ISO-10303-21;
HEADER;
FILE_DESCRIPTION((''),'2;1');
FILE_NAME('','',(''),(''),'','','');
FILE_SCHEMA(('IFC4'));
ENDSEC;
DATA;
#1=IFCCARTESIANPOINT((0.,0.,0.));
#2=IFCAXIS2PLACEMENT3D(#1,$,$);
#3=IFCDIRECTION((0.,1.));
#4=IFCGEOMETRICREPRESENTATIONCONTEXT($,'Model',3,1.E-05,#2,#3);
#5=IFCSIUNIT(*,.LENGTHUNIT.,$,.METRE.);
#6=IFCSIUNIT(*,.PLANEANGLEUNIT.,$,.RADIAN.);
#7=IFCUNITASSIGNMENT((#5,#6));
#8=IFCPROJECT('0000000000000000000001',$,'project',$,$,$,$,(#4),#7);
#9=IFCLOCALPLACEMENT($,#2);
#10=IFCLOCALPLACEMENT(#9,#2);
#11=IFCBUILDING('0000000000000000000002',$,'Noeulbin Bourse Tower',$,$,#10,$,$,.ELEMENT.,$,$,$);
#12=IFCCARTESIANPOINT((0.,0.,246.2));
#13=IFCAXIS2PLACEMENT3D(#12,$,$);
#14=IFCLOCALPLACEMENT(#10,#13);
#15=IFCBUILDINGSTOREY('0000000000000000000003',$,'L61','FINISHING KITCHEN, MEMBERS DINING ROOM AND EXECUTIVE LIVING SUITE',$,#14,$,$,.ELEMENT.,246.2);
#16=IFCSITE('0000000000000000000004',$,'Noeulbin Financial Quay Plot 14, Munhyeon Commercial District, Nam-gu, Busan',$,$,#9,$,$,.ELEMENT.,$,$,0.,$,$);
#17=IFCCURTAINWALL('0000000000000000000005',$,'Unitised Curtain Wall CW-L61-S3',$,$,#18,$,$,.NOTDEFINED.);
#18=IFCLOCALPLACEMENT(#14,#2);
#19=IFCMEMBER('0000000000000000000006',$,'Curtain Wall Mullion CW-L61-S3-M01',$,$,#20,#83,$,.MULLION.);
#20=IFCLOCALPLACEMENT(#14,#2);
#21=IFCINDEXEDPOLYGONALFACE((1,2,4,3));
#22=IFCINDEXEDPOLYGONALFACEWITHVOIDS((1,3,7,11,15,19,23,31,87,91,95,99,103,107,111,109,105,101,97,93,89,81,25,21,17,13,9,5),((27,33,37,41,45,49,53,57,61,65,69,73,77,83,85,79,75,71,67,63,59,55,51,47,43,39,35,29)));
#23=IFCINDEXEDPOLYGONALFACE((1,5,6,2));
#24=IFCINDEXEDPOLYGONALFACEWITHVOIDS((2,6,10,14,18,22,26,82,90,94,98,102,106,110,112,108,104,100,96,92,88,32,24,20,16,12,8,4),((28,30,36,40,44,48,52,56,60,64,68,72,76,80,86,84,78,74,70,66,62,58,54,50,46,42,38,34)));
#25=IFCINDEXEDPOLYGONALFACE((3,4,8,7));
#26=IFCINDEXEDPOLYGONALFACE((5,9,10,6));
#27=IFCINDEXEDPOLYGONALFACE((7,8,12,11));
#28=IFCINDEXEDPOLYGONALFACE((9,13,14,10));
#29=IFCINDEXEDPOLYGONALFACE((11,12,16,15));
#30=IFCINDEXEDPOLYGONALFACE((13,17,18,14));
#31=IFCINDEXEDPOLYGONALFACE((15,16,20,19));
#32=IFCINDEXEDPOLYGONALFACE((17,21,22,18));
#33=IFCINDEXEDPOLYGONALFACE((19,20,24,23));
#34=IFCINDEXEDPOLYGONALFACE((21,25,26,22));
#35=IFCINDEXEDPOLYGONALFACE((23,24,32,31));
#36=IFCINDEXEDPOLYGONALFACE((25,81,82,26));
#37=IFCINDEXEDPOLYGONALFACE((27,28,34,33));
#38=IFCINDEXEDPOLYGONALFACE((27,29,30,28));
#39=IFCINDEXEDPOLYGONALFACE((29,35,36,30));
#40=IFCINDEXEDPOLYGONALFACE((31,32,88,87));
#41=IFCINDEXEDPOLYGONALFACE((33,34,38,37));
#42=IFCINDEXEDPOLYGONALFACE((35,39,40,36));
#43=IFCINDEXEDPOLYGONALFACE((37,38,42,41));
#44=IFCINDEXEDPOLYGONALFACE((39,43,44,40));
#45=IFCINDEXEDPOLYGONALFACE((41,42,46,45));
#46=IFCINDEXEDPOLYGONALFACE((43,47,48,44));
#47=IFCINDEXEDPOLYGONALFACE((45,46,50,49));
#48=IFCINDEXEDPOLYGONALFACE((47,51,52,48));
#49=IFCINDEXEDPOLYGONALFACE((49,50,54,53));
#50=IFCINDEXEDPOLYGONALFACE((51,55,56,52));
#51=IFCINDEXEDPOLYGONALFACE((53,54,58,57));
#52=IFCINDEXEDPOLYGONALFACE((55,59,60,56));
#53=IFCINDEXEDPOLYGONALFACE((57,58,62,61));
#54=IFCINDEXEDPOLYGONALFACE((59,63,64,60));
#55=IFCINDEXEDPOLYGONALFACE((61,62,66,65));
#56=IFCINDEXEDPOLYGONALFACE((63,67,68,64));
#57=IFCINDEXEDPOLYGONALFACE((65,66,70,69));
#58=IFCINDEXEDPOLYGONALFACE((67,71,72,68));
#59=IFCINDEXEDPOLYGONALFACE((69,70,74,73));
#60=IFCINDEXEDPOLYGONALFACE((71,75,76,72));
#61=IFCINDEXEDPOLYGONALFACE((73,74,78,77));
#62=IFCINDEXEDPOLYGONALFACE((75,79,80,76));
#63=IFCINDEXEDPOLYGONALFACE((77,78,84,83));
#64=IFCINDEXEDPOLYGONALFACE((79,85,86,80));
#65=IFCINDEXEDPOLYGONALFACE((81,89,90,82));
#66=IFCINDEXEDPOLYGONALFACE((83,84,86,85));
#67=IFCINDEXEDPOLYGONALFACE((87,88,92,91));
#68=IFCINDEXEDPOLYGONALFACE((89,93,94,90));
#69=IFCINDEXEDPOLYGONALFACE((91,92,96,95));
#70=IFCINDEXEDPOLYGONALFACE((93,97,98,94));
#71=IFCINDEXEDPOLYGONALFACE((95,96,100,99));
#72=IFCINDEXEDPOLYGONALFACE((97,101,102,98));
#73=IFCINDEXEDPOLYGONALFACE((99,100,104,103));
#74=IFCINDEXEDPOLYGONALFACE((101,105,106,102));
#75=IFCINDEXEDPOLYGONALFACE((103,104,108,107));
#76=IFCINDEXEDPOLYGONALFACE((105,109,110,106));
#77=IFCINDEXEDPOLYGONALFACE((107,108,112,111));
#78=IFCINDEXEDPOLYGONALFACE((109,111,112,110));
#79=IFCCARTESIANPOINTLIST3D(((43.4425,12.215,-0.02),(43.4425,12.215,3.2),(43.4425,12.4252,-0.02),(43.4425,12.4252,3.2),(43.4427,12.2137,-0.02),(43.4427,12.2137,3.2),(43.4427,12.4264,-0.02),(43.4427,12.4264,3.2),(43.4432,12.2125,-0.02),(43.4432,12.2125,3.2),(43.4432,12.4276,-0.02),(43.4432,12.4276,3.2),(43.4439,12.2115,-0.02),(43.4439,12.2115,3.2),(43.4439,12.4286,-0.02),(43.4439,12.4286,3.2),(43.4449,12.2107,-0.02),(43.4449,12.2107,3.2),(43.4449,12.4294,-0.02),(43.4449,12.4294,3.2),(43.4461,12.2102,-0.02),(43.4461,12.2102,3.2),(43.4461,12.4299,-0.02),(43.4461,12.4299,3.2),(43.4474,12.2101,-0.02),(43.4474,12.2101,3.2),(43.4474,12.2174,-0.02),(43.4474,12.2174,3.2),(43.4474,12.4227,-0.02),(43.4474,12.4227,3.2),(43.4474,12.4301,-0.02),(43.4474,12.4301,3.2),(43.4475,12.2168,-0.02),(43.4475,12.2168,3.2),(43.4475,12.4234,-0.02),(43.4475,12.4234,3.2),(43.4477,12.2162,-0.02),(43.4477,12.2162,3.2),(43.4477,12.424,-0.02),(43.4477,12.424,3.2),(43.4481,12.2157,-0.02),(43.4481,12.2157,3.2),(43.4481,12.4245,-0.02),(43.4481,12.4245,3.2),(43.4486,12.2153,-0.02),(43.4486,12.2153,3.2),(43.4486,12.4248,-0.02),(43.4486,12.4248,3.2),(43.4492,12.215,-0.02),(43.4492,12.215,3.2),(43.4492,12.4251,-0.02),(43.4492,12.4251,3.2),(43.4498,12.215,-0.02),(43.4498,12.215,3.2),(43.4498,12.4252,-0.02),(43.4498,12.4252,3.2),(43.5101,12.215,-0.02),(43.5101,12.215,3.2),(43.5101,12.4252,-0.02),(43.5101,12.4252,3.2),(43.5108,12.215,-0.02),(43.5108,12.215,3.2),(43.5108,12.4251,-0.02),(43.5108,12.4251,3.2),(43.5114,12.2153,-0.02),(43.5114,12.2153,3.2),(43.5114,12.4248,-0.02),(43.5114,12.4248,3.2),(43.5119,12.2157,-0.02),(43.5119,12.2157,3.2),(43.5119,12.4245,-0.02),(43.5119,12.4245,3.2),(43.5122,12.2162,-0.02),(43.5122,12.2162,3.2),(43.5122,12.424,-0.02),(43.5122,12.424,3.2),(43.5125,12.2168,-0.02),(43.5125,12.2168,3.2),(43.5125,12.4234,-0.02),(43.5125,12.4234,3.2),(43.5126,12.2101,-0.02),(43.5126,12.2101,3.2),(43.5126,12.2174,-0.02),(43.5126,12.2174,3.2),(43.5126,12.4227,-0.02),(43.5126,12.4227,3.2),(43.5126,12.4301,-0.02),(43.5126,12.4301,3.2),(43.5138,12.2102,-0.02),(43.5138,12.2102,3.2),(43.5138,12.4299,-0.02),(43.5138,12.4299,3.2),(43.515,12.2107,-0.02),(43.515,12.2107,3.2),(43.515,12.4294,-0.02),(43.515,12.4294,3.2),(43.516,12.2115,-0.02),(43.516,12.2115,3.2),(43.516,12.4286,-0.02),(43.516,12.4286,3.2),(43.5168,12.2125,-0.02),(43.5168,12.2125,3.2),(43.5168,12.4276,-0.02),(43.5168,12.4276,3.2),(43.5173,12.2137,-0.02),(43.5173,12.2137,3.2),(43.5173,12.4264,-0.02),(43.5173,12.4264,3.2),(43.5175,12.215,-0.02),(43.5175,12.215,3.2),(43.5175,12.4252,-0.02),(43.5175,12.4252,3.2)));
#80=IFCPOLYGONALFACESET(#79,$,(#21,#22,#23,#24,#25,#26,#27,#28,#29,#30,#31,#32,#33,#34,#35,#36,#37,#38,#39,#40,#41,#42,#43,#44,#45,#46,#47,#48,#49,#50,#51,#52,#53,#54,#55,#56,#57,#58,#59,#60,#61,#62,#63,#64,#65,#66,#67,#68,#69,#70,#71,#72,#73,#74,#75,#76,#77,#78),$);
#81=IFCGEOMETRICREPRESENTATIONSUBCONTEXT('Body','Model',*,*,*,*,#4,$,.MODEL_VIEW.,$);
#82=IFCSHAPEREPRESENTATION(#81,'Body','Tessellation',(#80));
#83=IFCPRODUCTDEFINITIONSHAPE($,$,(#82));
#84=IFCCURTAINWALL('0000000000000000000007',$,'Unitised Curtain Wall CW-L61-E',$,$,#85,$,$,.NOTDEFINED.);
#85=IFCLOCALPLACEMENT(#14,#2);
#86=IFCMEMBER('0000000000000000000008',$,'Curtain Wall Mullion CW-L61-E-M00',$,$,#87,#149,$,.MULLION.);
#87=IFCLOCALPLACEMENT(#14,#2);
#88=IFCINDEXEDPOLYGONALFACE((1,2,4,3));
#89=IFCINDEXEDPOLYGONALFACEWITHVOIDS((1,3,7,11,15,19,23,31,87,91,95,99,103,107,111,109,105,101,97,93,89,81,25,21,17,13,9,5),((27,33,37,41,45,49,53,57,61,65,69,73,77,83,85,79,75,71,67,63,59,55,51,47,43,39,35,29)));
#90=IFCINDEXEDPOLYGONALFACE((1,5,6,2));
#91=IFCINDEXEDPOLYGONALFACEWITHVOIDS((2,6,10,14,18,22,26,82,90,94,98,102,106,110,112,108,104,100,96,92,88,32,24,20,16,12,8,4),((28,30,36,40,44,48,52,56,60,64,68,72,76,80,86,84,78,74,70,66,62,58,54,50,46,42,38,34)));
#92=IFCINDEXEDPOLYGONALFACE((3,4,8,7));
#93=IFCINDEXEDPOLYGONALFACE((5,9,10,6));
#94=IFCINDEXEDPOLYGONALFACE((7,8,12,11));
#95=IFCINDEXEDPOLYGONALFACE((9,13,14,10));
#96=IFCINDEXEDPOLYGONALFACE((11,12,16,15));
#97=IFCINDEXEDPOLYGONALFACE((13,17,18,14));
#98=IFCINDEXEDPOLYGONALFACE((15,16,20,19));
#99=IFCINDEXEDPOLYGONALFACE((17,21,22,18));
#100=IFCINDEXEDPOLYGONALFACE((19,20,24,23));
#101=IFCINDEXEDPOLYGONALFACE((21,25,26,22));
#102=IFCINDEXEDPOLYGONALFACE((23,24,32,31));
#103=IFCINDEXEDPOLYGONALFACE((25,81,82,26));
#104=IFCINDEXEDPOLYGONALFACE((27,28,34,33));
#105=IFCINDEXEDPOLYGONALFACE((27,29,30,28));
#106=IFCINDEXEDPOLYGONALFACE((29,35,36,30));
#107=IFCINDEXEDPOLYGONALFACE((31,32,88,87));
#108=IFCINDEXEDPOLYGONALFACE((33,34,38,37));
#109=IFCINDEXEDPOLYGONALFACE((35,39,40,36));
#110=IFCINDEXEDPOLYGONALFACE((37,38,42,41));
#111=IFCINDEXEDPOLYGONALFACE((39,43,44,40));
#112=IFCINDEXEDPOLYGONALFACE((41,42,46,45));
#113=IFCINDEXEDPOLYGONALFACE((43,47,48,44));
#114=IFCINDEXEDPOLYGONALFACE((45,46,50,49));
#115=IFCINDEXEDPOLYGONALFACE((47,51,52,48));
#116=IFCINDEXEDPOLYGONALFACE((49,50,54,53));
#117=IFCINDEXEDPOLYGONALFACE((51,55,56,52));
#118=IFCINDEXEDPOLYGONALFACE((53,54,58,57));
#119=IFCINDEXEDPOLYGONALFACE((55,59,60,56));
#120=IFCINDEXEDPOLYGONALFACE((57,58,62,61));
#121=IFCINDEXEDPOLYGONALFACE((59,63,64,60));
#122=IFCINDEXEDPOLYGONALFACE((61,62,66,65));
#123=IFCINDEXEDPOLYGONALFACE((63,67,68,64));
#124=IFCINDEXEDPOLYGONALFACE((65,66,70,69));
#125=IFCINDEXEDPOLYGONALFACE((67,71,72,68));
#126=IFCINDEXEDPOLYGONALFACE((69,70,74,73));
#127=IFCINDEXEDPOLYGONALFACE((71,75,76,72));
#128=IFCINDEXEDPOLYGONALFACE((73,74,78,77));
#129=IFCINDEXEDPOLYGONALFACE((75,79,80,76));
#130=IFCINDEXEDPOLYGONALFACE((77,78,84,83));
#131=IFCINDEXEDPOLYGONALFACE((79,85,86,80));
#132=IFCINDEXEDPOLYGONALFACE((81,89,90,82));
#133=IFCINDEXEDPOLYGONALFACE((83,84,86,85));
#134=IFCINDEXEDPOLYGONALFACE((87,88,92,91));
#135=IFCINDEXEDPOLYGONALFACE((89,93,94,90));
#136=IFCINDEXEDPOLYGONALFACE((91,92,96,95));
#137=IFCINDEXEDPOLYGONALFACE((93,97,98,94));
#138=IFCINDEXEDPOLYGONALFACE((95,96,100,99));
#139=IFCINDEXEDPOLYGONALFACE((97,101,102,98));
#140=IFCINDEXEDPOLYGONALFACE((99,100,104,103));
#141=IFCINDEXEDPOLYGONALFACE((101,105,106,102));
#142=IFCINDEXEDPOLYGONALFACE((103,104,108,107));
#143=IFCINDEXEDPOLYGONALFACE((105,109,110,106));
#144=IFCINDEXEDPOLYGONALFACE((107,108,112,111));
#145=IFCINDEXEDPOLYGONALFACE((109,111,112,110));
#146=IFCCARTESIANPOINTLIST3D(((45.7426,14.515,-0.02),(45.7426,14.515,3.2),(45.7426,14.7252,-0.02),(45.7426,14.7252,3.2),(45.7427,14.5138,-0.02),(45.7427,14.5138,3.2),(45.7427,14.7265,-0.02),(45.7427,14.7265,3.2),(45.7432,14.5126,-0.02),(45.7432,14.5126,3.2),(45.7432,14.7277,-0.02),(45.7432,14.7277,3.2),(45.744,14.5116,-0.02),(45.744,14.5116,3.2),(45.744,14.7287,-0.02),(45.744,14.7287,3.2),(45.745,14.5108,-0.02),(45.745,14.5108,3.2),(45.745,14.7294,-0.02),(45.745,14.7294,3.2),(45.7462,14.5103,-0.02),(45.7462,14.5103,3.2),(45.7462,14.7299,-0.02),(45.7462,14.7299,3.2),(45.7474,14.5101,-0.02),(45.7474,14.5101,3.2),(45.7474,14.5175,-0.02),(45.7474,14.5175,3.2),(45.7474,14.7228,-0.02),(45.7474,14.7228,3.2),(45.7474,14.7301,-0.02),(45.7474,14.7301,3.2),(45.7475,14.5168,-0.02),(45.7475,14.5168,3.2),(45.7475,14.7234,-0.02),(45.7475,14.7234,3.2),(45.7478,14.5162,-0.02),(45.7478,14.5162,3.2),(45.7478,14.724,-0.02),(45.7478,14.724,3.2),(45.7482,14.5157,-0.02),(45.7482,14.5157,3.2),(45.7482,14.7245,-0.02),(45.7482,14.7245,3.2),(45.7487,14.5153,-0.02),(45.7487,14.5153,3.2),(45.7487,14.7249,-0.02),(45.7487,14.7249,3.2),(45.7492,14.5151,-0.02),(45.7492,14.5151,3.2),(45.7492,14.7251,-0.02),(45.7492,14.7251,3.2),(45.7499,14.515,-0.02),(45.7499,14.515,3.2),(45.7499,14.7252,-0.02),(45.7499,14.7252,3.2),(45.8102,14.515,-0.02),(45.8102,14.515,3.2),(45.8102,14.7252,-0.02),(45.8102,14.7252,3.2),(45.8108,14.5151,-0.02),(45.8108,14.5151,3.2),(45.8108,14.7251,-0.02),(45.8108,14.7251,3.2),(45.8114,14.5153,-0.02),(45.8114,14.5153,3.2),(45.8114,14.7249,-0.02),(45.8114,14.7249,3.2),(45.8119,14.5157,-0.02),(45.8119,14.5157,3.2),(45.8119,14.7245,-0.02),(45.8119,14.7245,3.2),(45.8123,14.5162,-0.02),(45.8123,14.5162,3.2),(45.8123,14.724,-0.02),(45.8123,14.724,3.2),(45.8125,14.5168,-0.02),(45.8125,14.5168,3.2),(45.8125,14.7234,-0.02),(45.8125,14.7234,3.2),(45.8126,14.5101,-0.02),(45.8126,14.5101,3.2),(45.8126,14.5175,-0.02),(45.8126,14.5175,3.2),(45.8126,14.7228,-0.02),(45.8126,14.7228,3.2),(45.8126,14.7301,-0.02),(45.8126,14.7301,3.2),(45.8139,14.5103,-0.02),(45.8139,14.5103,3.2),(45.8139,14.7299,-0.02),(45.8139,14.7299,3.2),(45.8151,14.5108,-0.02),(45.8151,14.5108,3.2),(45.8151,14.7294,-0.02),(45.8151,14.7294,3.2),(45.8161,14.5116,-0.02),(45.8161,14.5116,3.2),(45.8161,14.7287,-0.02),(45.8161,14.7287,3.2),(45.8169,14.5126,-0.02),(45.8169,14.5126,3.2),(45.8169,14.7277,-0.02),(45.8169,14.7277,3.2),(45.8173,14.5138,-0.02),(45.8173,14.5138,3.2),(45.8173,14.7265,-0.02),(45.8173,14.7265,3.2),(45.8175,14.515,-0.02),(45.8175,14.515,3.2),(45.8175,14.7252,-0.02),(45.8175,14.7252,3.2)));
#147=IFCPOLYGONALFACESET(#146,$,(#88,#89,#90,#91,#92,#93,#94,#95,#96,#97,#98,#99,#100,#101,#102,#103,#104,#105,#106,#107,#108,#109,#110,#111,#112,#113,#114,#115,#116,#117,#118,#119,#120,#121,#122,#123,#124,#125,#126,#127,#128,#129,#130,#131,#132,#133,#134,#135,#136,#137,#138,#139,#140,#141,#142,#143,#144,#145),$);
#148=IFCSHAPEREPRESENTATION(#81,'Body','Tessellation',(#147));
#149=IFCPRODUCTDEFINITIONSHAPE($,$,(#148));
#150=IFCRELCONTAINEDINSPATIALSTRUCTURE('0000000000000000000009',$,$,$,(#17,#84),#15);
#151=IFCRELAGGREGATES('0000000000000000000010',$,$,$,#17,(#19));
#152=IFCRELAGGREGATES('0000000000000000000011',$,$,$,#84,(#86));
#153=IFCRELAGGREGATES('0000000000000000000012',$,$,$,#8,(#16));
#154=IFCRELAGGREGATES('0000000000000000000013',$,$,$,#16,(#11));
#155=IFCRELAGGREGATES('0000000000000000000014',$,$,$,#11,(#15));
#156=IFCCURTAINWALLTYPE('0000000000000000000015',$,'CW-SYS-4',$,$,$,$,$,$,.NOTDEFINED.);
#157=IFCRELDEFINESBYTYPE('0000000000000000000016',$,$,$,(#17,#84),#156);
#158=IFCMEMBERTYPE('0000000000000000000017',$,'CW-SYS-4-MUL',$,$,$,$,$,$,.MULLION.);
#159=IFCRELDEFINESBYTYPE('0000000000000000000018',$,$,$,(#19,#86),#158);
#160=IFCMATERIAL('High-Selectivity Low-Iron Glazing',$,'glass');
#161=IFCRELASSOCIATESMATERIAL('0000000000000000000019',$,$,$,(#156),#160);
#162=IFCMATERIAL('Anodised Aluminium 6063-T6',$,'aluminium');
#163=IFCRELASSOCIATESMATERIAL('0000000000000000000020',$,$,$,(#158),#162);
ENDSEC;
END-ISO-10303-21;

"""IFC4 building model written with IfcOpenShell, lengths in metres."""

from ifc_helpers import new_model, si_unit, direction, frame, origin, origin_2d, place, context, subcontext, project, spatial, hollow_rectangle, extrude, material, material_profile, profile_set, type_object, element, aggregate, save


model = new_model("IFC4")

# Units and contexts
model_context = context("Model", 3, precision=1e-05, world=origin(), true_north=direction((0.0, 1.0)))
body_context = subcontext(model_context, "Body", "Model", "MODEL_VIEW")
ifc_project = project(units=[si_unit("LENGTHUNIT", "METRE"), si_unit("PLANEANGLEUNIT", "RADIAN")], contexts=[model_context])

# Site, building, storey
site_placement = place(None, origin())
site = spatial("IfcSite", under=ifc_project, at=site_placement, Name="Noeulbin Financial Quay Plot 14, Munhyeon Commercial District, Nam-gu, Busan", CompositionType="ELEMENT", RefElevation=0.0)
building_placement = place(site_placement, origin())
building = spatial("IfcBuilding", under=site, at=building_placement, Name="Noeulbin Bourse Tower", CompositionType="ELEMENT")
storey_placement = place(building_placement, frame((0.0, 0.0, 246.2)))
storey = spatial("IfcBuildingStorey", under=building, at=storey_placement, Name="L61", Description="FINISHING KITCHEN, MEMBERS DINING ROOM AND EXECUTIVE LIVING SUITE", CompositionType="ELEMENT", Elevation=246.2)

# Curtain walls, members
ifc_material_1 = material(Name="High-Selectivity Low-Iron Glazing", Category="glass")
curtain_wall_type = type_object("IfcCurtainWallType", Name="CW-SYS-4", PredefinedType="NOTDEFINED", material=ifc_material_1)
curtain_wall_1_placement = place(storey_placement, origin())
curtain_wall_1 = element("IfcCurtainWall", 1, at=curtain_wall_1_placement, inside=storey, type_object=curtain_wall_type, Name="Unitised Curtain Wall CW-L61-S3", PredefinedType="NOTDEFINED")
ifc_material_2 = material(Name="Anodised Aluminium 6063-T6", Category="aluminium")
ifc_material_profile_1 = material_profile(ifc_material_2, hollow_rectangle(XDim=0.075, YDim=0.22, WallThickness=0.0049, InnerFilletRadius=0.0024, OuterFilletRadius=0.0049, at=origin_2d()), Name="ALU-MULL-75x220x5", Category="LoadBearing")
ifc_profile_set_1 = profile_set([ifc_material_profile_1], Name="Anodised Aluminium 6063-T6")
member_type_1 = type_object("IfcMemberType", Name="CW-SYS-4-MUL", PredefinedType="MULLION", material=ifc_profile_set_1)
member_1_placement = place(storey_placement, frame((43.48, 12.3201, -0.02), z_axis=(0.0, 0.0, 1.0), x_axis=(1.0, 0.0, 0.0)))
member_1 = element("IfcMember", 2, at=member_1_placement, type_object=member_type_1, Name="Curtain Wall Mullion CW-L61-S3-M01", PredefinedType="MULLION", context=body_context, shape_type="SweptSolid", body=[
    extrude(hollow_rectangle(XDim=0.075, YDim=0.22, WallThickness=0.0049, InnerFilletRadius=0.0024, OuterFilletRadius=0.0049, at=origin_2d()), origin(), (0.0, 0.0, 1.0), 3.22),
])
curtain_wall_2_placement = place(storey_placement, origin())
curtain_wall_2 = element("IfcCurtainWall", 3, at=curtain_wall_2_placement, inside=storey, type_object=curtain_wall_type, Name="Unitised Curtain Wall CW-L61-E", PredefinedType="NOTDEFINED")
member_2_placement = place(storey_placement, frame((45.78, 14.6201, -0.02), z_axis=(0.0, 0.0, 1.0), x_axis=(1.0, 0.0, 0.0)))
member_2 = element("IfcMember", 4, at=member_2_placement, type_object=member_type_1, Name="Curtain Wall Mullion CW-L61-E-M00", PredefinedType="MULLION", context=body_context, shape_type="SweptSolid", body=[
    extrude(hollow_rectangle(XDim=0.075, YDim=0.22, WallThickness=0.0049, InnerFilletRadius=0.0024, OuterFilletRadius=0.0049, at=origin_2d()), origin(), (0.0, 0.0, 1.0), 3.22),
])

aggregate(curtain_wall_1, [member_1])
aggregate(curtain_wall_2, [member_2])

save(model, "model.ifc")
